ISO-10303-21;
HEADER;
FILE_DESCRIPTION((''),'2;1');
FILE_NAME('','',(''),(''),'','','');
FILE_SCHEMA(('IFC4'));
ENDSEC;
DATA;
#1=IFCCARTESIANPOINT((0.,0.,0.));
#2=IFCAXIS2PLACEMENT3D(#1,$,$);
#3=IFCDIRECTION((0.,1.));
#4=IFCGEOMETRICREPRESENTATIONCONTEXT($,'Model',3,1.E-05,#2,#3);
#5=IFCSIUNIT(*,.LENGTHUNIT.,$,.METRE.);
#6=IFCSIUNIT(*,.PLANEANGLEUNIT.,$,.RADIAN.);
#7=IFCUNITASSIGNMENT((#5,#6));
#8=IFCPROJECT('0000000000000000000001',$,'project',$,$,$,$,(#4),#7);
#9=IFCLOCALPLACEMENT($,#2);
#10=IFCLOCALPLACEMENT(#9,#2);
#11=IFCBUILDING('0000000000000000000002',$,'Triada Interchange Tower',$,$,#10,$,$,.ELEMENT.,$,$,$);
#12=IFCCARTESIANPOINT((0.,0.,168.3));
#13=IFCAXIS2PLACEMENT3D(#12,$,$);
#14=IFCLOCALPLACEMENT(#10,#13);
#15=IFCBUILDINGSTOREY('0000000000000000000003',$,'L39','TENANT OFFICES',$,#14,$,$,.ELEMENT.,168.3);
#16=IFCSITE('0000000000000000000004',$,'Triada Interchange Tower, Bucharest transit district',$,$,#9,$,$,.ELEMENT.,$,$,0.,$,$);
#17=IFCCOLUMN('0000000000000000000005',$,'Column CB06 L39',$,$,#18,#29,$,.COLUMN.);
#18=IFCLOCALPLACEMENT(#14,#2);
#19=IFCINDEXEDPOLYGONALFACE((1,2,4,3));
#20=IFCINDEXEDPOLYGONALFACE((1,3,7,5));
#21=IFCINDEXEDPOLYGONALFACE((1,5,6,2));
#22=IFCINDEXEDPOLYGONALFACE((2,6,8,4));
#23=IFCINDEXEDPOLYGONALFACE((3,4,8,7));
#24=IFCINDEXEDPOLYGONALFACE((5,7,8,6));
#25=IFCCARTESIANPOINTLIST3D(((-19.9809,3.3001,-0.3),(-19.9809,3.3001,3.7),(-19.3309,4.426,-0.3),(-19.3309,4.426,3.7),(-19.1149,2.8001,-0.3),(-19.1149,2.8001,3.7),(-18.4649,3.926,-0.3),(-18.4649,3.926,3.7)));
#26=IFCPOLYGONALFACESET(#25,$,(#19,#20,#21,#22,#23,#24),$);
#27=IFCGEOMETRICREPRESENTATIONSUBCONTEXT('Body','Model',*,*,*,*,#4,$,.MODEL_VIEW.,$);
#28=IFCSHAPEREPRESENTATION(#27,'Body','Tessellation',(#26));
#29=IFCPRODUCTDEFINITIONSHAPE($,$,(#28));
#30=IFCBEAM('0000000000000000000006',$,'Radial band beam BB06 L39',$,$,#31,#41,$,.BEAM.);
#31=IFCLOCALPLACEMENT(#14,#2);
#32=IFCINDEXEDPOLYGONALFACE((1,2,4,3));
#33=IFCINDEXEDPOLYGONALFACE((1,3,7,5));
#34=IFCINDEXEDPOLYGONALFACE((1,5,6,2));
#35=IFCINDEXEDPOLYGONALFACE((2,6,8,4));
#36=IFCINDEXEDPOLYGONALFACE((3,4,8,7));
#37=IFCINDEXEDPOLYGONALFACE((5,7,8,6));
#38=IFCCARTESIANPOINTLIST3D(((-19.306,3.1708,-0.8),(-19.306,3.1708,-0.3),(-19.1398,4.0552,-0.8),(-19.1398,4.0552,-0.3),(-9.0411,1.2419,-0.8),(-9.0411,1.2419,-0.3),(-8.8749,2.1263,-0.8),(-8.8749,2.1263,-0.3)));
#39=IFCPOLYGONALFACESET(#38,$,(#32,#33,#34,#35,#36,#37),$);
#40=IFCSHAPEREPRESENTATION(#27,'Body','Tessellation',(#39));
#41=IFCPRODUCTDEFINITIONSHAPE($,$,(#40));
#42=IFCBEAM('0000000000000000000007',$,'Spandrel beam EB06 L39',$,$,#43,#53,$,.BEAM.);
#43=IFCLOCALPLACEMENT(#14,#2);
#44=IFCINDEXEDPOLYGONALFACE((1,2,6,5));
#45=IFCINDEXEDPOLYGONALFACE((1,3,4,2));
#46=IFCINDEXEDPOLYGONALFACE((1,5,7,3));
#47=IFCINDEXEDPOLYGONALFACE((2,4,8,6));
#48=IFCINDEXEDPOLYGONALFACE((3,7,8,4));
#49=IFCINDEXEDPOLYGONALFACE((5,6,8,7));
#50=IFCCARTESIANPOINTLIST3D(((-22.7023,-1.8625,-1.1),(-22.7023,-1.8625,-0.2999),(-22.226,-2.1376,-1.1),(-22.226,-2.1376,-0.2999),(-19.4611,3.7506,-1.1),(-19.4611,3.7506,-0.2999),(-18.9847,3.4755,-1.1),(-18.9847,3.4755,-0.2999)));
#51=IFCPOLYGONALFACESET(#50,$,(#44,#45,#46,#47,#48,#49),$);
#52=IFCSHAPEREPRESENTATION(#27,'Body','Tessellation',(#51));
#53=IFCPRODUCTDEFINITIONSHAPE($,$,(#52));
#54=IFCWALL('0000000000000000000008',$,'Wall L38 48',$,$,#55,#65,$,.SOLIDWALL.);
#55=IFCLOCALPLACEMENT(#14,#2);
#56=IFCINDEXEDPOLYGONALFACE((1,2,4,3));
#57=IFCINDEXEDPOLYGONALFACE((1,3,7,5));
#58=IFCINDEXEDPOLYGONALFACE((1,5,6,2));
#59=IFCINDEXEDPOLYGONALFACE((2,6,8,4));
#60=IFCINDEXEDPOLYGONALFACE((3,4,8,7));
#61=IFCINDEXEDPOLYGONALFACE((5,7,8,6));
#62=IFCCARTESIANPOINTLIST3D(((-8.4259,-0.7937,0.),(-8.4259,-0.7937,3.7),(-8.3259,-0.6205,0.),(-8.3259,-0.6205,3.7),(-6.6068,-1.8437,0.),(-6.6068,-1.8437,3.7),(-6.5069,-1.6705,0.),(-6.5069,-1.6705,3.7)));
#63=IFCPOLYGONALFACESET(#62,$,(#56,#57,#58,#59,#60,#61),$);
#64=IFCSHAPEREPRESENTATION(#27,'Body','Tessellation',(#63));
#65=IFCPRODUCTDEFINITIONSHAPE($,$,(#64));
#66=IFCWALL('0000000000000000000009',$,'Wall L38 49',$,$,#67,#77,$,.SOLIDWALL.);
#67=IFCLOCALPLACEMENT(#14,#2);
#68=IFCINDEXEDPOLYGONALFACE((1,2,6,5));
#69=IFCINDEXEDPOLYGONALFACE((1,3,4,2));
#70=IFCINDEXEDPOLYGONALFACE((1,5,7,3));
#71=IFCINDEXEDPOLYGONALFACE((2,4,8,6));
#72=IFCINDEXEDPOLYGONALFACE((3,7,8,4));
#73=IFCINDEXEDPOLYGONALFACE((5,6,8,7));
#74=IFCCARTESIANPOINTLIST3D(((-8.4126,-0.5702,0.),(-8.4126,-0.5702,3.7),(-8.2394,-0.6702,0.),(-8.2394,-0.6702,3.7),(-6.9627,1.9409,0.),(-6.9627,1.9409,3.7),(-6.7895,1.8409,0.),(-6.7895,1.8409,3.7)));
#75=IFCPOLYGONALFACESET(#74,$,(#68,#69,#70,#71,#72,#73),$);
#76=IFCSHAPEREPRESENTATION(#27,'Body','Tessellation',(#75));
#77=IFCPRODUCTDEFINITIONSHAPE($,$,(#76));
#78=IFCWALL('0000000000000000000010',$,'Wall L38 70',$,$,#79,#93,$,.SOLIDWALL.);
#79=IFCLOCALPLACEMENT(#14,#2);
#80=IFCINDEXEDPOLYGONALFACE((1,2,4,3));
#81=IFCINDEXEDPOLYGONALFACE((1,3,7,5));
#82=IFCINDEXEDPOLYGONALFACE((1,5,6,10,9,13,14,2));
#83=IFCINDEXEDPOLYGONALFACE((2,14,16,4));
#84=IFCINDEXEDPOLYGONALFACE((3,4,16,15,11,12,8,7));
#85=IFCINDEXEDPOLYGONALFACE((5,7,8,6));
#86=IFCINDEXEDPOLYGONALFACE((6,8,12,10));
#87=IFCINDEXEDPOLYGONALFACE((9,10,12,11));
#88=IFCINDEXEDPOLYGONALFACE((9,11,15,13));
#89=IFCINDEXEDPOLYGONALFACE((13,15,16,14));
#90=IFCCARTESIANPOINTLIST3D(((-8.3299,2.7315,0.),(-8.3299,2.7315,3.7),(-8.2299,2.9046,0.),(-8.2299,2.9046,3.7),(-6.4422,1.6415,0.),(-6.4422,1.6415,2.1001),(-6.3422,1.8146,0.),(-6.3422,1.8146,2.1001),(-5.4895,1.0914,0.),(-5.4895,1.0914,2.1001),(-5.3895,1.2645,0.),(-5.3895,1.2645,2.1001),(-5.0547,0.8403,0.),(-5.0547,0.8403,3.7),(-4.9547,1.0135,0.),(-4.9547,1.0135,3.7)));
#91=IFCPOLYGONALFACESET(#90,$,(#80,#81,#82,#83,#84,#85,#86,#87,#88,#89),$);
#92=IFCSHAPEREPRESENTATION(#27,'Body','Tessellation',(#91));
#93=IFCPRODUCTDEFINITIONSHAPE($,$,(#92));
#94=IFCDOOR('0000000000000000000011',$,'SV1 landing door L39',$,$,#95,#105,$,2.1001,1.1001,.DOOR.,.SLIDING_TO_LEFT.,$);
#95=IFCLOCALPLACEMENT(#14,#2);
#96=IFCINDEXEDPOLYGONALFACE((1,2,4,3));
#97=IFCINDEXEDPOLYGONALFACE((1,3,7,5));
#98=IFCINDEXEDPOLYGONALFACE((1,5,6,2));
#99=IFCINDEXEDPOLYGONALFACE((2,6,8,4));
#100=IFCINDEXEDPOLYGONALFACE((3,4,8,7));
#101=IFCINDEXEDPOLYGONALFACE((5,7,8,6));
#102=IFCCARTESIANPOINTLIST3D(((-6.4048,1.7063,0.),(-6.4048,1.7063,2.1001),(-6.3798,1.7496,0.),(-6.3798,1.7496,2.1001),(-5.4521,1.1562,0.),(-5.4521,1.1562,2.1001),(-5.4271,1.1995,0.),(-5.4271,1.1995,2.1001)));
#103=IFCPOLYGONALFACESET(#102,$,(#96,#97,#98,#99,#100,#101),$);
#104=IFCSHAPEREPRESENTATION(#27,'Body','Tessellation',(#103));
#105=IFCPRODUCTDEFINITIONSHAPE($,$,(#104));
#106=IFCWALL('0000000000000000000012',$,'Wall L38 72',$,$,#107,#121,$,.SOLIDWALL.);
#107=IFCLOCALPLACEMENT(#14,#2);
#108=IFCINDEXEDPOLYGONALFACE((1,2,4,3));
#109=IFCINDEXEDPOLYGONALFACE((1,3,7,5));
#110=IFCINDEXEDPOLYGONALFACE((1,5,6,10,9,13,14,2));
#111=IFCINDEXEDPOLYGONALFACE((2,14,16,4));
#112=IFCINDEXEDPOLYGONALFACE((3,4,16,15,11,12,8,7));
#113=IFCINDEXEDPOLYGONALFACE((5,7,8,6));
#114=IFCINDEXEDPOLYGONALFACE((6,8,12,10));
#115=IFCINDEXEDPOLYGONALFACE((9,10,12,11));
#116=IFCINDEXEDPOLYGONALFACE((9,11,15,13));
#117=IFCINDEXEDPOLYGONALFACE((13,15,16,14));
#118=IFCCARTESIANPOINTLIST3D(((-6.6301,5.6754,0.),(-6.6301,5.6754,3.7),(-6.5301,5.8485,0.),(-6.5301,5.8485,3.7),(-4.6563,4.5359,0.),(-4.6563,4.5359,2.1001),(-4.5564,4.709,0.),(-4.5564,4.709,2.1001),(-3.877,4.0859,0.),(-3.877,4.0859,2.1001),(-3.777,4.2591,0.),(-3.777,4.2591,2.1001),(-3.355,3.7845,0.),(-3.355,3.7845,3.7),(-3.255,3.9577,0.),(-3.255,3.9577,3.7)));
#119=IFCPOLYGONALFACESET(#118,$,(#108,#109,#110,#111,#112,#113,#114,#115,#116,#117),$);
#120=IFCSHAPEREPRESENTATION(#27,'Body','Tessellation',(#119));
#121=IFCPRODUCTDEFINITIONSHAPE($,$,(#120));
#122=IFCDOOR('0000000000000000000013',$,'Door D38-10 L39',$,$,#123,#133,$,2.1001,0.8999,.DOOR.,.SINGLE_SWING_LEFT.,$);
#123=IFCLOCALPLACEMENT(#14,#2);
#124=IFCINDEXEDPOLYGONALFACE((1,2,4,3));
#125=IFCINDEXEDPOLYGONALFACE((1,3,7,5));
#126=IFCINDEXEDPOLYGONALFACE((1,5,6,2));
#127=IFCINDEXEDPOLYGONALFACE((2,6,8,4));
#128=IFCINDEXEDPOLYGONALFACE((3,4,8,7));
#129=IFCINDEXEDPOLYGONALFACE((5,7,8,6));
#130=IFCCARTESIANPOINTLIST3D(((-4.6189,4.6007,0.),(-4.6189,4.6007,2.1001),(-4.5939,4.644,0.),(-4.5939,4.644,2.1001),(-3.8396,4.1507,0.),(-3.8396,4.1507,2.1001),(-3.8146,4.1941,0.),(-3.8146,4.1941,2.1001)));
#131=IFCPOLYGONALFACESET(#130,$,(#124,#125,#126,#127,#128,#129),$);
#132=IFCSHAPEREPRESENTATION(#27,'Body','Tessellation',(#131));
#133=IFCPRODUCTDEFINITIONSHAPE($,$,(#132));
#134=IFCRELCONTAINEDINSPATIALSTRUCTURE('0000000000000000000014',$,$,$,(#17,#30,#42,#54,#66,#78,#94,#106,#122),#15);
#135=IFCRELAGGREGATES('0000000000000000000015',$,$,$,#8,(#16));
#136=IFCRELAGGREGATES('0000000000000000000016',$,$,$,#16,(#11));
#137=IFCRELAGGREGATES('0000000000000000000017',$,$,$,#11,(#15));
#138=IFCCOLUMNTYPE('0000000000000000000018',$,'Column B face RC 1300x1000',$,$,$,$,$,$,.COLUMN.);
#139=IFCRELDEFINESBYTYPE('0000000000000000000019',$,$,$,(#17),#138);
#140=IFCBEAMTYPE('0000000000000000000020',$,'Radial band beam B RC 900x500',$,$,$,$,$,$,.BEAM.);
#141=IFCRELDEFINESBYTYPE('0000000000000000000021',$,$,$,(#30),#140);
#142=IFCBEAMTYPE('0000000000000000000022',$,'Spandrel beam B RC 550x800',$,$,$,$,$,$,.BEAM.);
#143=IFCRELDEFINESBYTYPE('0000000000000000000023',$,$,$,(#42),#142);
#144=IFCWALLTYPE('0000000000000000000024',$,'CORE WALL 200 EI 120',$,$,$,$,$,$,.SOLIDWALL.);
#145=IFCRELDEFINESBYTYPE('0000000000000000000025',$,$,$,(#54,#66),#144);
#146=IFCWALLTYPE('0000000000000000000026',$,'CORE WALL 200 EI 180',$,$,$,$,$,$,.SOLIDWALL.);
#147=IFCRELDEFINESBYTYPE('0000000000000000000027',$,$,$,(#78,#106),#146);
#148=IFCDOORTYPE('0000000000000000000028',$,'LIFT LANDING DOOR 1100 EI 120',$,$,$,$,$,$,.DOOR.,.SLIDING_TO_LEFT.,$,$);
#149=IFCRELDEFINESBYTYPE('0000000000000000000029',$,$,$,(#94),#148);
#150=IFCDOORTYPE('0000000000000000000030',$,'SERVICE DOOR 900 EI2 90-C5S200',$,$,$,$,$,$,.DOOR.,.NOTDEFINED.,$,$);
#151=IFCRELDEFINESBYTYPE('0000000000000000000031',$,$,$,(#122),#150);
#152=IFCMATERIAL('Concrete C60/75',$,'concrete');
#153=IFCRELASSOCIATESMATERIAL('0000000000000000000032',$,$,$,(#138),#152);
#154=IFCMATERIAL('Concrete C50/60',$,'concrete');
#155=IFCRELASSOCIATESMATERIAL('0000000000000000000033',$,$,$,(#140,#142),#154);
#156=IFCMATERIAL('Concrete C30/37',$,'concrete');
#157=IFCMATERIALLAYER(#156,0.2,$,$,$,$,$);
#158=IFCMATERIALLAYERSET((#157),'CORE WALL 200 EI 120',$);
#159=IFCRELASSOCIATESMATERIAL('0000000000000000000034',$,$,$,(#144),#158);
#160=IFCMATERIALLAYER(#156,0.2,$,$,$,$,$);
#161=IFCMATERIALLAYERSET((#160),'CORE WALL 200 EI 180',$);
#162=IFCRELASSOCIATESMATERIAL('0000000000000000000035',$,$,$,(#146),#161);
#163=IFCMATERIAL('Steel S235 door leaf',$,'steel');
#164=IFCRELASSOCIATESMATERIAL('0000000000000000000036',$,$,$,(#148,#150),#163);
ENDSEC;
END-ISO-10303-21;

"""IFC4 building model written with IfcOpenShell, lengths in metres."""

from ifc_helpers import new_model, si_unit, direction, frame, frame_2d, origin, origin_2d, place, context, subcontext, project, spatial, rectangle, extrude, material, layer, layer_set, material_profile, profile_set, type_object, element, fill, save


model = new_model("IFC4")

# Units and contexts
model_context = context("Model", 3, precision=1e-05, world=origin(), true_north=direction((0.0, 1.0)))
body_context = subcontext(model_context, "Body", "Model", "MODEL_VIEW")
ifc_project = project(units=[si_unit("LENGTHUNIT", "METRE"), si_unit("PLANEANGLEUNIT", "RADIAN")], contexts=[model_context])

# Site, building, storey
site_placement = place(None, origin())
site = spatial("IfcSite", under=ifc_project, at=site_placement, Name="Triada Interchange Tower, Bucharest transit district", CompositionType="ELEMENT", RefElevation=0.0)
building_placement = place(site_placement, origin())
building = spatial("IfcBuilding", under=site, at=building_placement, Name="Triada Interchange Tower", CompositionType="ELEMENT")
storey_placement = place(building_placement, frame((0.0, 0.0, 168.3)))
storey = spatial("IfcBuildingStorey", under=building, at=storey_placement, Name="L39", Description="TENANT OFFICES", CompositionType="ELEMENT", Elevation=168.3)

# Column
ifc_material_1 = material(Name="Concrete C60/75", Category="concrete")
ifc_material_profile_1 = material_profile(ifc_material_1, rectangle(XDim=1.3, YDim=1.0, at=origin_2d()), Name="RC 1300x1000")
ifc_profile_set_1 = profile_set([ifc_material_profile_1], Name="Concrete C60/75")
column_type = type_object("IfcColumnType", Name="Column B face RC 1300x1000", PredefinedType="COLUMN", material=ifc_profile_set_1)
column_placement = place(storey_placement, frame((-19.2229, 3.613, -0.3), z_axis=(0.0, 0.0, 1.0), x_axis=(0.5, 0.866025, 0.0)))
element("IfcColumn", 1, at=column_placement, inside=storey, type_object=column_type, Name="Column CB06 L39", PredefinedType="COLUMN", context=body_context, shape_type="SweptSolid", body=[
    extrude(rectangle(XDim=1.3, YDim=1.0, at=origin_2d()), origin(), (0.0, 0.0, 1.0), 4.0),
])

# Beams
ifc_material_2 = material(Name="Concrete C50/60", Category="concrete")
ifc_material_profile_2 = material_profile(ifc_material_2, rectangle(XDim=0.8999, YDim=0.5, at=origin_2d()), Name="RC 900x500")
ifc_profile_set_2 = profile_set([ifc_material_profile_2], Name="Concrete C50/60")
beam_type_1 = type_object("IfcBeamType", Name="Radial band beam B RC 900x500", PredefinedType="BEAM", material=ifc_profile_set_2)
beam_1_placement = place(storey_placement, frame((-19.2229, 3.613, -0.55), z_axis=(0.982798, -0.184685, 0.0), x_axis=(0.184685, 0.982798, 0.0)))
element("IfcBeam", 2, at=beam_1_placement, inside=storey, type_object=beam_type_1, Name="Radial band beam BB06 L39", PredefinedType="BEAM", context=body_context, shape_type="SweptSolid", body=[
    extrude(rectangle(XDim=0.8999, YDim=0.5, at=origin_2d()), origin(), (0.0, 0.0, 1.0), 10.4446),
])
ifc_material_profile_3 = material_profile(ifc_material_2, rectangle(XDim=0.55, YDim=0.8, at=origin_2d()), Name="RC 550x800")
ifc_profile_set_3 = profile_set([ifc_material_profile_3], Name="Concrete C50/60")
beam_type_2 = type_object("IfcBeamType", Name="Spandrel beam B RC 550x800", PredefinedType="BEAM", material=ifc_profile_set_3)
beam_2_placement = place(storey_placement, frame((-19.2229, 3.613, -0.7), z_axis=(-0.50006, -0.86599, 0.0), x_axis=(0.86599, -0.50006, 0.0)))
element("IfcBeam", 3, at=beam_2_placement, inside=storey, type_object=beam_type_2, Name="Spandrel beam EB06 L39", PredefinedType="BEAM", context=body_context, shape_type="SweptSolid", body=[
    extrude(rectangle(XDim=0.55, YDim=0.8, at=origin_2d()), origin(), (0.0, 0.0, 1.0), 6.4817),
])

# Walls
ifc_material_3 = material(Name="Concrete C30/37", Category="concrete")
ifc_layer_1 = layer(ifc_material_3, 0.2)
ifc_layer_set_1 = layer_set([ifc_layer_1], Name="CORE WALL 200 EI 120")
wall_type_1 = type_object("IfcWallType", Name="CORE WALL 200 EI 120", PredefinedType="SOLIDWALL", material=ifc_layer_set_1)
wall_1_placement = place(storey_placement, frame((-8.376, -0.707, 0.0), z_axis=(0.0, 0.0, 1.0), x_axis=(0.866068, -0.499927, 0.0)))
element("IfcWall", 4, at=wall_1_placement, inside=storey, type_object=wall_type_1, Name="Wall L38 48", PredefinedType="SOLIDWALL", context=body_context, shape_type="SweptSolid", body=[
    extrude(rectangle(XDim=2.1003, YDim=0.2, at=frame_2d((1.0503, 0.0))), origin(), (0.0, 0.0, 1.0), 3.7),
])
wall_2_placement = place(storey_placement, frame((-8.3259, -0.6201, 0.0), z_axis=(0.0, 0.0, 1.0), x_axis=(0.500024, 0.866012, 0.0)))
element("IfcWall", 5, at=wall_2_placement, inside=storey, type_object=wall_type_1, Name="Wall L38 49", PredefinedType="SOLIDWALL", context=body_context, shape_type="SweptSolid", body=[
    extrude(rectangle(XDim=2.8997, YDim=0.2, at=frame_2d((1.4497, 0.0))), origin(), (0.0, 0.0, 1.0), 3.7),
])

# Walls, openings, doors
ifc_layer_2 = layer(ifc_material_3, 0.2)
ifc_layer_set_2 = layer_set([ifc_layer_2], Name="CORE WALL 200 EI 180")
wall_type_2 = type_object("IfcWallType", Name="CORE WALL 200 EI 180", PredefinedType="SOLIDWALL", material=ifc_layer_set_2)
wall_3_placement = place(storey_placement, frame((-8.28, 2.8181, 0.0), z_axis=(0.0, 0.0, 1.0), x_axis=(0.866002, -0.500041, 0.0)))
wall_3 = element("IfcWall", 6, at=wall_3_placement, inside=storey, type_object=wall_type_2, Name="Wall L38 70", PredefinedType="SOLIDWALL", context=body_context, shape_type="SweptSolid", body=[
    extrude(rectangle(XDim=3.782, YDim=0.2, at=frame_2d((1.8911, 0.0))), origin(), (0.0, 0.0, 1.0), 3.7),
])
opening_1_placement = place(wall_3_placement, frame((2.1799, 0.0, 0.0)))
opening_1 = element("IfcOpeningElement", 7, at=opening_1_placement, cuts=wall_3, PredefinedType="OPENING", context=body_context, shape_type="SweptSolid", body=[
    extrude(rectangle(XDim=1.1001, YDim=2.1001, at=frame_2d((0.55, 1.05))), frame((0.0, 0.1099, 0.0), z_axis=(0.0, -1.0, 0.0), x_axis=(1.0, 0.0, 0.0)), (0.0, 0.0, 1.0), 0.22),
])
ifc_material_4 = material(Name="Steel S235 door leaf", Category="steel")
door_type_1 = type_object("IfcDoorType", Name="LIFT LANDING DOOR 1100 EI 120", OperationType="SLIDING_TO_LEFT", PredefinedType="DOOR", material=ifc_material_4)
door_1_placement = place(opening_1_placement, origin())
door_1 = element("IfcDoor", 8, at=door_1_placement, inside=storey, type_object=door_type_1, Name="SV1 landing door L39", OperationType="SLIDING_TO_LEFT", OverallHeight=2.1001, OverallWidth=1.1001, PredefinedType="DOOR", context=body_context, shape_type="SweptSolid", body=[
    extrude(rectangle(XDim=1.1001, YDim=2.1001, at=frame_2d((0.55, 1.05))), frame((0.0, 0.0249, 0.0), z_axis=(0.0, -1.0, 0.0), x_axis=(1.0, 0.0, 0.0)), (0.0, 0.0, 1.0), 0.05),
])
fill(opening_1, door_1)
wall_4_placement = place(storey_placement, frame((-6.5801, 5.762, 0.0), z_axis=(0.0, 0.0, 1.0), x_axis=(0.86603, -0.499993, 0.0)))
wall_4 = element("IfcWall", 9, at=wall_4_placement, inside=storey, type_object=wall_type_2, Name="Wall L38 72", PredefinedType="SOLIDWALL", context=body_context, shape_type="SweptSolid", body=[
    extrude(rectangle(XDim=3.7817, YDim=0.2, at=frame_2d((1.8909, 0.0))), origin(), (0.0, 0.0, 1.0), 3.7),
])
opening_2_placement = place(wall_4_placement, frame((2.2791, 0.0, 0.0)))
opening_2 = element("IfcOpeningElement", 10, at=opening_2_placement, cuts=wall_4, PredefinedType="OPENING", context=body_context, shape_type="SweptSolid", body=[
    extrude(rectangle(XDim=0.8999, YDim=2.1001, at=frame_2d((0.45, 1.05))), frame((0.0, 0.1099, 0.0), z_axis=(0.0, -1.0, 0.0), x_axis=(1.0, 0.0, 0.0)), (0.0, 0.0, 1.0), 0.22),
])
door_type_2 = type_object("IfcDoorType", Name="SERVICE DOOR 900 EI2 90-C5S200", OperationType="NOTDEFINED", PredefinedType="DOOR", material=ifc_material_4)
door_2_placement = place(opening_2_placement, origin())
door_2 = element("IfcDoor", 11, at=door_2_placement, inside=storey, type_object=door_type_2, Name="Door D38-10 L39", OperationType="SINGLE_SWING_LEFT", OverallHeight=2.1001, OverallWidth=0.8999, PredefinedType="DOOR", context=body_context, shape_type="SweptSolid", body=[
    extrude(rectangle(XDim=0.8999, YDim=2.1001, at=frame_2d((0.45, 1.05))), frame((0.0, 0.0249, 0.0), z_axis=(0.0, -1.0, 0.0), x_axis=(1.0, 0.0, 0.0)), (0.0, 0.0, 1.0), 0.05),
])
fill(opening_2, door_2)

save(model, "model.ifc")
